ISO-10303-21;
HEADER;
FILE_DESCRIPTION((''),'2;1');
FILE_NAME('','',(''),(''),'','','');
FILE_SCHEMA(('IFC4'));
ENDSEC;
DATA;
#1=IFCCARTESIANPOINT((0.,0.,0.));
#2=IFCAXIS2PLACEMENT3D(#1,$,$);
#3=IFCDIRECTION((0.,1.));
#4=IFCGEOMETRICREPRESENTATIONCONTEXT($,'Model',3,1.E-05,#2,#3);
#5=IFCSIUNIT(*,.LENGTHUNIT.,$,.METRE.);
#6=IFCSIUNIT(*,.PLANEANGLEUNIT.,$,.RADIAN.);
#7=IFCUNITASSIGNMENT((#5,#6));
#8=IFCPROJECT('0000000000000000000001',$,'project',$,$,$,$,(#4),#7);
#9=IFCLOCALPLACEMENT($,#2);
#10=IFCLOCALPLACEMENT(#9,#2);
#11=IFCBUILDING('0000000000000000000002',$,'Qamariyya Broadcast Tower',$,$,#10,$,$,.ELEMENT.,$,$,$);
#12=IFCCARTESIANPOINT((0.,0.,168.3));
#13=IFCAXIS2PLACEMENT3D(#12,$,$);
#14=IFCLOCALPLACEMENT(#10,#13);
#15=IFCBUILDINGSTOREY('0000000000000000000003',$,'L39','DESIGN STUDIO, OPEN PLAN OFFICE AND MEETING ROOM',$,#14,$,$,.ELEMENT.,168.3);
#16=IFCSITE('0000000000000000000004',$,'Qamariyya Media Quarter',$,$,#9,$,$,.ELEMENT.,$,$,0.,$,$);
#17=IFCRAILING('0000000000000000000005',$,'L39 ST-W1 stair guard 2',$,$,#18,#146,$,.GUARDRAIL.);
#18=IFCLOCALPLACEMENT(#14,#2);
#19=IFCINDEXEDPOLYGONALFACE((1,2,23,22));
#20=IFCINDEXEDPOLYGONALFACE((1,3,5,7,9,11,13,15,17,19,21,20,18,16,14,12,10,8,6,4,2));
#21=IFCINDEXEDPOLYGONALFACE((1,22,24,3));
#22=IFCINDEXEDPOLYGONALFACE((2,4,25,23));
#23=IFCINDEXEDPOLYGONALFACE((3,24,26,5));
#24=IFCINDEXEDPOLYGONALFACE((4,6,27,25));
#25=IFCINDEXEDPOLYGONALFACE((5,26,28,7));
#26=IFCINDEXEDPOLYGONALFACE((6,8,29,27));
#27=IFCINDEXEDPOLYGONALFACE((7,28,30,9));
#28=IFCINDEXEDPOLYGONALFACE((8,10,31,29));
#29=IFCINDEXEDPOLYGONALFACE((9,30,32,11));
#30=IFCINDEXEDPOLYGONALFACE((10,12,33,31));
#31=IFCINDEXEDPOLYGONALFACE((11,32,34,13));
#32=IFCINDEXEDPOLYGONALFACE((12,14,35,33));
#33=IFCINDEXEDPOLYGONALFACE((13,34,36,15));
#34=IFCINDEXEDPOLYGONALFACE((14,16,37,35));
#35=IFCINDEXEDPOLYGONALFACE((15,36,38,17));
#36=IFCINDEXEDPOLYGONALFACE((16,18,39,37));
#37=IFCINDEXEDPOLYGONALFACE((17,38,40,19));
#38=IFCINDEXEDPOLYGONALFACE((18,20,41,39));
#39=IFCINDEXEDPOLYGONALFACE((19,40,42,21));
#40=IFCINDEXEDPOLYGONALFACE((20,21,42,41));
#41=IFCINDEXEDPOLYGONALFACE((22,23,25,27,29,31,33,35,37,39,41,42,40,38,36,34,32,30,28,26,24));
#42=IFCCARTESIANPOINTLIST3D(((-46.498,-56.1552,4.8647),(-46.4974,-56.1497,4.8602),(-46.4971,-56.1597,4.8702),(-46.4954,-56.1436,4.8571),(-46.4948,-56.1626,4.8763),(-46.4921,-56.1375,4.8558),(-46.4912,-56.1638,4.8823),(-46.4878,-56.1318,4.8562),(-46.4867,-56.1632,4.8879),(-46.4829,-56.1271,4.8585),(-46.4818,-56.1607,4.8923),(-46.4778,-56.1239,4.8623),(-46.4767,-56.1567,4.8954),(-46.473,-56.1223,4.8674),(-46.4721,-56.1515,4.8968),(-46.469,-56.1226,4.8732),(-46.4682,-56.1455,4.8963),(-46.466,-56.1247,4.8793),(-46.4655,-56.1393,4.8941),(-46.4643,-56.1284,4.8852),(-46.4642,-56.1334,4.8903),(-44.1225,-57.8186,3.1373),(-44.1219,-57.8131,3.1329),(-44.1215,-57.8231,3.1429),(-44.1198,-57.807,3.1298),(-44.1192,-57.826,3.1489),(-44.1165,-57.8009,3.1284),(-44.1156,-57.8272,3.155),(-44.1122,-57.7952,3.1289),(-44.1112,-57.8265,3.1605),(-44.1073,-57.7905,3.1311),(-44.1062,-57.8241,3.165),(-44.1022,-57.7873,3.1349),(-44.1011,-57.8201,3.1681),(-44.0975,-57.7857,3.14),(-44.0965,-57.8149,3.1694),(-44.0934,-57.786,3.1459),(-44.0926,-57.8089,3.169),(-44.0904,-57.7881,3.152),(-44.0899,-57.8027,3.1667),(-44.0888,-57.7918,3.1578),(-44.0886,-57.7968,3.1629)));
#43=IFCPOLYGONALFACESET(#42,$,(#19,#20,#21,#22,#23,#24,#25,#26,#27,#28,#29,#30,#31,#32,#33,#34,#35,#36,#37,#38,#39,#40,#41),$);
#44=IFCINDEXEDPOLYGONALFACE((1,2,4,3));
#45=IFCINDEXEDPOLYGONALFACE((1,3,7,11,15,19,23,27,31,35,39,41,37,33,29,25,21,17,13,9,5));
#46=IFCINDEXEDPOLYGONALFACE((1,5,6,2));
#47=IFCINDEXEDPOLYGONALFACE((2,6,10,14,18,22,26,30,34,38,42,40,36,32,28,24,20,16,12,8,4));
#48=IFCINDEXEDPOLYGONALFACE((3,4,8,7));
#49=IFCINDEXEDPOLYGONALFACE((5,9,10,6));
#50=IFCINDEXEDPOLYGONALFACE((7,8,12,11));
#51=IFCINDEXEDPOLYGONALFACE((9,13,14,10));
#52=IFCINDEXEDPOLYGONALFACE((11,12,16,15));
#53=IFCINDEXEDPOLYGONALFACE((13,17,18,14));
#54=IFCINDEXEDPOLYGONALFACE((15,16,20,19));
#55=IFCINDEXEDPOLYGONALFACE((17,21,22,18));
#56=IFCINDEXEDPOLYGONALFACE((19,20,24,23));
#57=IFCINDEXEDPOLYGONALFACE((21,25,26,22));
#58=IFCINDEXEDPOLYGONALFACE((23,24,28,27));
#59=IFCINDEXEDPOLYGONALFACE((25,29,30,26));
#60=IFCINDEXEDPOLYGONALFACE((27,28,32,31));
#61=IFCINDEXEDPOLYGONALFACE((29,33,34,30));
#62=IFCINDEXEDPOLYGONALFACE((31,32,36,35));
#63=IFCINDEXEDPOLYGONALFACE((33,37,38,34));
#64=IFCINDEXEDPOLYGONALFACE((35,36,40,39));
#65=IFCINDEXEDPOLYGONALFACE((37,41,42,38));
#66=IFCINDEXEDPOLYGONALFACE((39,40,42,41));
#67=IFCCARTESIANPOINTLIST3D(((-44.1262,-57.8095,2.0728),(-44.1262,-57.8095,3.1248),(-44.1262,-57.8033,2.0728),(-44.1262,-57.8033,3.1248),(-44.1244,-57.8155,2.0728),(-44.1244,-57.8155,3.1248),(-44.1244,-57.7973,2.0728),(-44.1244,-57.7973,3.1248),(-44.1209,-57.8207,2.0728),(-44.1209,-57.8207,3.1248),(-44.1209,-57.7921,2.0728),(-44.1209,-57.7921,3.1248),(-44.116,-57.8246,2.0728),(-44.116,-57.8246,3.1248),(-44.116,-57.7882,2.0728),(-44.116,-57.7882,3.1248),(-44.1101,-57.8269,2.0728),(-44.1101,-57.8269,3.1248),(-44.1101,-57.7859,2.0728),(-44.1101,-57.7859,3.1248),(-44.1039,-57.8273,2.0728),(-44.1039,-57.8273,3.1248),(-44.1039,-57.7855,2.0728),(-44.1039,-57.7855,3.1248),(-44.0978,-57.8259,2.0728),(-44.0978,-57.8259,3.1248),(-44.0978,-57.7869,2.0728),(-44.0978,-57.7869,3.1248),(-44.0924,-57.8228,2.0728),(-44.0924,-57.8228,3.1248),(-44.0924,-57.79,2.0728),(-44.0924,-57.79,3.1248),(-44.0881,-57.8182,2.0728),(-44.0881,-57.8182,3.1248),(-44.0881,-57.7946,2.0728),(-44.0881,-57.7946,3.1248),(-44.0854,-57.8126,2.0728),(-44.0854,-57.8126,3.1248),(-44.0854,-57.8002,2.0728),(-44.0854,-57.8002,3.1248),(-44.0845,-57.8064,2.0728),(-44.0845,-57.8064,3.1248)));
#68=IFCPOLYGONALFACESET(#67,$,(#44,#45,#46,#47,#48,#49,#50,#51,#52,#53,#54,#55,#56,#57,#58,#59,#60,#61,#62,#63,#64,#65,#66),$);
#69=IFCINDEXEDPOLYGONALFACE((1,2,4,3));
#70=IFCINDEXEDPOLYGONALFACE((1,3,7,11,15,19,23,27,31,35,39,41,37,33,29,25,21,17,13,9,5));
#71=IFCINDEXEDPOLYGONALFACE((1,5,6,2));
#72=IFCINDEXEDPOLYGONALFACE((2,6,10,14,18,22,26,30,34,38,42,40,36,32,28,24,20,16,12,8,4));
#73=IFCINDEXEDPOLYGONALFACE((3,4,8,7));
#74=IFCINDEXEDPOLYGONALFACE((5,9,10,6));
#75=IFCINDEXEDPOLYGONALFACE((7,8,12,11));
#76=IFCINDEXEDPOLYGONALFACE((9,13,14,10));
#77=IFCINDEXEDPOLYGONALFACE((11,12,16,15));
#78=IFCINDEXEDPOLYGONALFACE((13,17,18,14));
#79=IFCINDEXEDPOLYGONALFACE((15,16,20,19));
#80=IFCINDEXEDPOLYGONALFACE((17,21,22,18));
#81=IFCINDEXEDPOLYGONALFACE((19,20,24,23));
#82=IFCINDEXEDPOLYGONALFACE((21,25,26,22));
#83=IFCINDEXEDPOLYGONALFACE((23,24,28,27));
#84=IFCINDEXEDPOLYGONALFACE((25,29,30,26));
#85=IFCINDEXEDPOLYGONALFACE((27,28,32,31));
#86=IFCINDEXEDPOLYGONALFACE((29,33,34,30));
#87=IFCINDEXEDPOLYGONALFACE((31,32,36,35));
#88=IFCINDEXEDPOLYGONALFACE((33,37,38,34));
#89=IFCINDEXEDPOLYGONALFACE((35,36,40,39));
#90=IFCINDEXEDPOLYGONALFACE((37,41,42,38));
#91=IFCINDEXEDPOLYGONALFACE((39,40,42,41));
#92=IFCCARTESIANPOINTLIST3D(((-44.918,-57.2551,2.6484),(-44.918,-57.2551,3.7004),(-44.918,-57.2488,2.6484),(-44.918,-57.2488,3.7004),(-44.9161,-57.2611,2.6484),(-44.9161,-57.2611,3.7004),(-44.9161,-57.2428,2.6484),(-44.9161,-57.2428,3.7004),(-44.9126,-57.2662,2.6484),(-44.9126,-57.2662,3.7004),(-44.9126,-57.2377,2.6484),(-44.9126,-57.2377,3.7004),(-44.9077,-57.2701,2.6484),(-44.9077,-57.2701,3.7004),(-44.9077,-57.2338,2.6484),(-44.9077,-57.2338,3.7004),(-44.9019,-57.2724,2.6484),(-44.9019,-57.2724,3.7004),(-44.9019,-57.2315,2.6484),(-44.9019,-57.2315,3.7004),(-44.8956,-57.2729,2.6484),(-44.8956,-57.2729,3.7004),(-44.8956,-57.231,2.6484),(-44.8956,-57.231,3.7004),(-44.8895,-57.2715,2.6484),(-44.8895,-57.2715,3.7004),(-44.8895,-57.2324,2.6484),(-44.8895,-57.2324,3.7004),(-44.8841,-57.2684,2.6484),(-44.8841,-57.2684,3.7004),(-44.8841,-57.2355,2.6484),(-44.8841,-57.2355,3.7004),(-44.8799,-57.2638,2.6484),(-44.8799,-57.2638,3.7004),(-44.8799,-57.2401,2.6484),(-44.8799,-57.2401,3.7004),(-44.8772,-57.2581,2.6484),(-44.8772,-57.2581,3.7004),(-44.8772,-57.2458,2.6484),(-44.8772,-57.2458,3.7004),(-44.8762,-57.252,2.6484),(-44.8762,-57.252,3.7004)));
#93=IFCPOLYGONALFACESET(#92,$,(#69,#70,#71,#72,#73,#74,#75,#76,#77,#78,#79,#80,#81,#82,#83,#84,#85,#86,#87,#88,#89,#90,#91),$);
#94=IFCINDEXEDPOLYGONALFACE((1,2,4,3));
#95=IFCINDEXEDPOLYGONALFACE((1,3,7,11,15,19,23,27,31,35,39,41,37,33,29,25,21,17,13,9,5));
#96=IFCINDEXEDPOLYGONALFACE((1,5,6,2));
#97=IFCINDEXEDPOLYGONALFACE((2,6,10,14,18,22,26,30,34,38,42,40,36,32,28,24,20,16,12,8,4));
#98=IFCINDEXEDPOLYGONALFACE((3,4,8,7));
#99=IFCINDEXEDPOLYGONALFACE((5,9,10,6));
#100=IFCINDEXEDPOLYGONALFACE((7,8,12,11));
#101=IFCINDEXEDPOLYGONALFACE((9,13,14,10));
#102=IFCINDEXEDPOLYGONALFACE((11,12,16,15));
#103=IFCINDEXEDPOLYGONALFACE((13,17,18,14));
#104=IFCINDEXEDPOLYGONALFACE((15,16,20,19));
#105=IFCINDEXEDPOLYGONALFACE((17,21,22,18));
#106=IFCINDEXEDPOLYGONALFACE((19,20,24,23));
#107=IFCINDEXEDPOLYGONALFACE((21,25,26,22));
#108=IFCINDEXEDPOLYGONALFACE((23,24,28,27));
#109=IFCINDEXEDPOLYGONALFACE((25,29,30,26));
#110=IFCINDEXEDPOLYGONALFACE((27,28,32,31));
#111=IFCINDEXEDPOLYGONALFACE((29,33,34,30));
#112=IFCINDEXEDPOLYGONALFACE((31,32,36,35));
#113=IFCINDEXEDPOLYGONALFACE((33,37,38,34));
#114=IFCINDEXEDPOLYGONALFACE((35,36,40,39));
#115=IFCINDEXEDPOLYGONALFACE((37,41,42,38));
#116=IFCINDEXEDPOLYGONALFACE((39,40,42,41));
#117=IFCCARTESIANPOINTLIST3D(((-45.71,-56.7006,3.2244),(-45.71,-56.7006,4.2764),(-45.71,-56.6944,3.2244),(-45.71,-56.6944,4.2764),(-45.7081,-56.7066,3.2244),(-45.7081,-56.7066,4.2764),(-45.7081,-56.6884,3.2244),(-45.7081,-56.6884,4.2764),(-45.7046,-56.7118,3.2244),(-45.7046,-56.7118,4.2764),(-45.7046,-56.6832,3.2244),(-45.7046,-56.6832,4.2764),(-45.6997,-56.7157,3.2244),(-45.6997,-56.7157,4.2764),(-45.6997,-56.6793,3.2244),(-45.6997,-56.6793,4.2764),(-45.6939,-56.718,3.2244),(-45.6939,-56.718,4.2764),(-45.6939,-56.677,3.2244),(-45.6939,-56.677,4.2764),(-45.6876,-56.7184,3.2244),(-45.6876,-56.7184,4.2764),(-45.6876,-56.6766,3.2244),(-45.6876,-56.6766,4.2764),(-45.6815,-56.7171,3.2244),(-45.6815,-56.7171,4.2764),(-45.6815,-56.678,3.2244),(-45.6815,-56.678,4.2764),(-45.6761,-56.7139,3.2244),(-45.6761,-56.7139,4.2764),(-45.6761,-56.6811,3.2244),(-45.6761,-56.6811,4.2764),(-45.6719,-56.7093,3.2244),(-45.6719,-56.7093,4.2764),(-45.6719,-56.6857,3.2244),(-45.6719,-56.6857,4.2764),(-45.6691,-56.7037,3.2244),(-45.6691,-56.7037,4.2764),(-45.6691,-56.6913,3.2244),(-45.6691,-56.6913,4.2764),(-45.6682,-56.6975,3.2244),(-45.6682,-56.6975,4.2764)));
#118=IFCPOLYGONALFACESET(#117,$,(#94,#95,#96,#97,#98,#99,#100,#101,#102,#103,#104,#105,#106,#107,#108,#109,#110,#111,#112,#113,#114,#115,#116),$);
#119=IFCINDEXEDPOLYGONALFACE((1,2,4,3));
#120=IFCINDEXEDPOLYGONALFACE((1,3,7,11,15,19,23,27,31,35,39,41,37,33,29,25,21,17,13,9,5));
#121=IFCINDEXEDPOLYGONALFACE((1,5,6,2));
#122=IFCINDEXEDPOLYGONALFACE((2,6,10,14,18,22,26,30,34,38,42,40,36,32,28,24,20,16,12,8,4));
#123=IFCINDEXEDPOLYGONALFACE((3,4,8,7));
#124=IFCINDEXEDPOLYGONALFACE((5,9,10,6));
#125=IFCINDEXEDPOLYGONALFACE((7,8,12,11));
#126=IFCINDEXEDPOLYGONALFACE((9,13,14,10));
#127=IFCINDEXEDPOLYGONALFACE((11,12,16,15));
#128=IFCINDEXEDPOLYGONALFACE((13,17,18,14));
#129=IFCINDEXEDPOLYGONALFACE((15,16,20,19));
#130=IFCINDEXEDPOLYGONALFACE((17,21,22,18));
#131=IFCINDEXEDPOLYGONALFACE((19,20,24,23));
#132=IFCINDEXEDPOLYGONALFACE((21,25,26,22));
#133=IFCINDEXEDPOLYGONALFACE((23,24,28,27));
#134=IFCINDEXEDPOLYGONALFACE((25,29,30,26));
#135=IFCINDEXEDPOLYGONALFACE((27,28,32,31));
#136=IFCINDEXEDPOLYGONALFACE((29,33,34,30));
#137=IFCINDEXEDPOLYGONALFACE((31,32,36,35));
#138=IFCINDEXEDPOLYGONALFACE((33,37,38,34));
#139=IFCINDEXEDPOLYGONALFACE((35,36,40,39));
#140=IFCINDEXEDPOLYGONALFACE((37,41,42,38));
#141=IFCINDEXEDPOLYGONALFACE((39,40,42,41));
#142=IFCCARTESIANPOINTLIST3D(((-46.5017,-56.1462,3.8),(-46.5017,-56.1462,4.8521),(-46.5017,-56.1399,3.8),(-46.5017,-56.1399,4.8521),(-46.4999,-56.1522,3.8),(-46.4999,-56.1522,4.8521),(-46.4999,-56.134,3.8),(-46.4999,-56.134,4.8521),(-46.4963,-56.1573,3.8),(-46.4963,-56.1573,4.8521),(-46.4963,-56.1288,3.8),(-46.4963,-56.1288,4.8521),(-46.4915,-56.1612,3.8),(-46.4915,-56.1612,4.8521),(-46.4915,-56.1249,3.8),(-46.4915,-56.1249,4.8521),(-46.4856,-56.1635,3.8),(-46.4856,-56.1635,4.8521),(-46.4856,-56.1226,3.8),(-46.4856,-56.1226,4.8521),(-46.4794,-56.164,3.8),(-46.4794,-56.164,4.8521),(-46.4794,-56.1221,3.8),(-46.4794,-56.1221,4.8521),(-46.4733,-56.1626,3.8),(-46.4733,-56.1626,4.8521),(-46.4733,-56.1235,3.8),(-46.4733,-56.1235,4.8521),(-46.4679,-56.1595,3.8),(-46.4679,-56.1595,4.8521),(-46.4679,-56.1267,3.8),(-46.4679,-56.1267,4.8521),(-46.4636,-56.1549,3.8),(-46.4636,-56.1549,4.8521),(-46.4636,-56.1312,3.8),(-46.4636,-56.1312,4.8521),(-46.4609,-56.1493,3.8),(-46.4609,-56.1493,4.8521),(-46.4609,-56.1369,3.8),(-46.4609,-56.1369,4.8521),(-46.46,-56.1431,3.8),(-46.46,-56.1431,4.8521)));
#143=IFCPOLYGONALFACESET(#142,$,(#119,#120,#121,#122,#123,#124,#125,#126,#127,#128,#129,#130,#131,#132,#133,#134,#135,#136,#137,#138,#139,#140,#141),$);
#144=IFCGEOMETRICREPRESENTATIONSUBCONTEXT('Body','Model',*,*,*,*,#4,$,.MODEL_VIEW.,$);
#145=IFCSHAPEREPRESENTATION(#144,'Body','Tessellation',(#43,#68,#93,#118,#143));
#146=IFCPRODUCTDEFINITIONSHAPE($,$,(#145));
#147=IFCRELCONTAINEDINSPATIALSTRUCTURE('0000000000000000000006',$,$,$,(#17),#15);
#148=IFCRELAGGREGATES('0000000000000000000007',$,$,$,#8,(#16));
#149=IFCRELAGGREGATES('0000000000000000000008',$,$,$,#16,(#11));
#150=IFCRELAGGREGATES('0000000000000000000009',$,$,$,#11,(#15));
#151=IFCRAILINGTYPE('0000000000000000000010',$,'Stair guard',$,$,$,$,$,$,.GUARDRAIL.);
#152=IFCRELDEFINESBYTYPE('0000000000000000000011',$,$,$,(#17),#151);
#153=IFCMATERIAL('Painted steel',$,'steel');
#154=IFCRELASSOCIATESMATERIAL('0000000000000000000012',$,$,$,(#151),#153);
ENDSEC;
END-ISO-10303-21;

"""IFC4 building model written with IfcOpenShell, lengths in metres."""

from ifc_helpers import new_model, si_unit, direction, frame, origin, origin_2d, place, context, subcontext, project, spatial, circle, extrude, material, type_object, element, save


model = new_model("IFC4")

# Units and contexts
model_context = context("Model", 3, precision=1e-05, world=origin(), true_north=direction((0.0, 1.0)))
body_context = subcontext(model_context, "Body", "Model", "MODEL_VIEW")
ifc_project = project(units=[si_unit("LENGTHUNIT", "METRE"), si_unit("PLANEANGLEUNIT", "RADIAN")], contexts=[model_context])

# Site, building, storey
site_placement = place(None, origin())
site = spatial("IfcSite", under=ifc_project, at=site_placement, Name="Qamariyya Media Quarter", CompositionType="ELEMENT", RefElevation=0.0)
building_placement = place(site_placement, origin())
building = spatial("IfcBuilding", under=site, at=building_placement, Name="Qamariyya Broadcast Tower", CompositionType="ELEMENT")
storey_placement = place(building_placement, frame((0.0, 0.0, 168.3)))
storey = spatial("IfcBuildingStorey", under=building, at=storey_placement, Name="L39", Description="DESIGN STUDIO, OPEN PLAN OFFICE AND MEETING ROOM", CompositionType="ELEMENT", Elevation=168.3)

# Railing
ifc_material_1 = material(Name="Painted steel", Category="steel")
railing_type_1 = type_object("IfcRailingType", Name="Stair guard", PredefinedType="GUARDRAIL", material=ifc_material_1)
railing_1_placement = place(storey_placement, frame((-44.1055, -57.8064, 2.0728)))
element("IfcRailing", 1, at=railing_1_placement, inside=storey, type_object=railing_type_1, Name="L39 ST-W1 stair guard 2", PredefinedType="GUARDRAIL", context=body_context, shape_type="SweptSolid", body=[
    extrude(circle(Radius=0.0239, at=origin_2d()), frame((0.0, 0.0, 1.0762), z_axis=(-0.70377, 0.492784, 0.511734), x_axis=(-0.573575, -0.819153, 0.0)), (0.0, 0.0, 1.0), 3.3755),
    extrude(circle(Radius=0.021, at=origin_2d()), origin(), (0.0, 0.0, 1.0), 1.052),
    extrude(circle(Radius=0.021, at=origin_2d()), frame((-0.7917, 0.5544, 0.5757)), (0.0, 0.0, 1.0), 1.052),
    extrude(circle(Radius=0.021, at=origin_2d()), frame((-1.5837, 1.1089, 1.1516)), (0.0, 0.0, 1.0), 1.052),
    extrude(circle(Radius=0.021, at=origin_2d()), frame((-2.3755, 1.6633, 1.7273)), (0.0, 0.0, 1.0), 1.052),
])

save(model, "model.ifc")
